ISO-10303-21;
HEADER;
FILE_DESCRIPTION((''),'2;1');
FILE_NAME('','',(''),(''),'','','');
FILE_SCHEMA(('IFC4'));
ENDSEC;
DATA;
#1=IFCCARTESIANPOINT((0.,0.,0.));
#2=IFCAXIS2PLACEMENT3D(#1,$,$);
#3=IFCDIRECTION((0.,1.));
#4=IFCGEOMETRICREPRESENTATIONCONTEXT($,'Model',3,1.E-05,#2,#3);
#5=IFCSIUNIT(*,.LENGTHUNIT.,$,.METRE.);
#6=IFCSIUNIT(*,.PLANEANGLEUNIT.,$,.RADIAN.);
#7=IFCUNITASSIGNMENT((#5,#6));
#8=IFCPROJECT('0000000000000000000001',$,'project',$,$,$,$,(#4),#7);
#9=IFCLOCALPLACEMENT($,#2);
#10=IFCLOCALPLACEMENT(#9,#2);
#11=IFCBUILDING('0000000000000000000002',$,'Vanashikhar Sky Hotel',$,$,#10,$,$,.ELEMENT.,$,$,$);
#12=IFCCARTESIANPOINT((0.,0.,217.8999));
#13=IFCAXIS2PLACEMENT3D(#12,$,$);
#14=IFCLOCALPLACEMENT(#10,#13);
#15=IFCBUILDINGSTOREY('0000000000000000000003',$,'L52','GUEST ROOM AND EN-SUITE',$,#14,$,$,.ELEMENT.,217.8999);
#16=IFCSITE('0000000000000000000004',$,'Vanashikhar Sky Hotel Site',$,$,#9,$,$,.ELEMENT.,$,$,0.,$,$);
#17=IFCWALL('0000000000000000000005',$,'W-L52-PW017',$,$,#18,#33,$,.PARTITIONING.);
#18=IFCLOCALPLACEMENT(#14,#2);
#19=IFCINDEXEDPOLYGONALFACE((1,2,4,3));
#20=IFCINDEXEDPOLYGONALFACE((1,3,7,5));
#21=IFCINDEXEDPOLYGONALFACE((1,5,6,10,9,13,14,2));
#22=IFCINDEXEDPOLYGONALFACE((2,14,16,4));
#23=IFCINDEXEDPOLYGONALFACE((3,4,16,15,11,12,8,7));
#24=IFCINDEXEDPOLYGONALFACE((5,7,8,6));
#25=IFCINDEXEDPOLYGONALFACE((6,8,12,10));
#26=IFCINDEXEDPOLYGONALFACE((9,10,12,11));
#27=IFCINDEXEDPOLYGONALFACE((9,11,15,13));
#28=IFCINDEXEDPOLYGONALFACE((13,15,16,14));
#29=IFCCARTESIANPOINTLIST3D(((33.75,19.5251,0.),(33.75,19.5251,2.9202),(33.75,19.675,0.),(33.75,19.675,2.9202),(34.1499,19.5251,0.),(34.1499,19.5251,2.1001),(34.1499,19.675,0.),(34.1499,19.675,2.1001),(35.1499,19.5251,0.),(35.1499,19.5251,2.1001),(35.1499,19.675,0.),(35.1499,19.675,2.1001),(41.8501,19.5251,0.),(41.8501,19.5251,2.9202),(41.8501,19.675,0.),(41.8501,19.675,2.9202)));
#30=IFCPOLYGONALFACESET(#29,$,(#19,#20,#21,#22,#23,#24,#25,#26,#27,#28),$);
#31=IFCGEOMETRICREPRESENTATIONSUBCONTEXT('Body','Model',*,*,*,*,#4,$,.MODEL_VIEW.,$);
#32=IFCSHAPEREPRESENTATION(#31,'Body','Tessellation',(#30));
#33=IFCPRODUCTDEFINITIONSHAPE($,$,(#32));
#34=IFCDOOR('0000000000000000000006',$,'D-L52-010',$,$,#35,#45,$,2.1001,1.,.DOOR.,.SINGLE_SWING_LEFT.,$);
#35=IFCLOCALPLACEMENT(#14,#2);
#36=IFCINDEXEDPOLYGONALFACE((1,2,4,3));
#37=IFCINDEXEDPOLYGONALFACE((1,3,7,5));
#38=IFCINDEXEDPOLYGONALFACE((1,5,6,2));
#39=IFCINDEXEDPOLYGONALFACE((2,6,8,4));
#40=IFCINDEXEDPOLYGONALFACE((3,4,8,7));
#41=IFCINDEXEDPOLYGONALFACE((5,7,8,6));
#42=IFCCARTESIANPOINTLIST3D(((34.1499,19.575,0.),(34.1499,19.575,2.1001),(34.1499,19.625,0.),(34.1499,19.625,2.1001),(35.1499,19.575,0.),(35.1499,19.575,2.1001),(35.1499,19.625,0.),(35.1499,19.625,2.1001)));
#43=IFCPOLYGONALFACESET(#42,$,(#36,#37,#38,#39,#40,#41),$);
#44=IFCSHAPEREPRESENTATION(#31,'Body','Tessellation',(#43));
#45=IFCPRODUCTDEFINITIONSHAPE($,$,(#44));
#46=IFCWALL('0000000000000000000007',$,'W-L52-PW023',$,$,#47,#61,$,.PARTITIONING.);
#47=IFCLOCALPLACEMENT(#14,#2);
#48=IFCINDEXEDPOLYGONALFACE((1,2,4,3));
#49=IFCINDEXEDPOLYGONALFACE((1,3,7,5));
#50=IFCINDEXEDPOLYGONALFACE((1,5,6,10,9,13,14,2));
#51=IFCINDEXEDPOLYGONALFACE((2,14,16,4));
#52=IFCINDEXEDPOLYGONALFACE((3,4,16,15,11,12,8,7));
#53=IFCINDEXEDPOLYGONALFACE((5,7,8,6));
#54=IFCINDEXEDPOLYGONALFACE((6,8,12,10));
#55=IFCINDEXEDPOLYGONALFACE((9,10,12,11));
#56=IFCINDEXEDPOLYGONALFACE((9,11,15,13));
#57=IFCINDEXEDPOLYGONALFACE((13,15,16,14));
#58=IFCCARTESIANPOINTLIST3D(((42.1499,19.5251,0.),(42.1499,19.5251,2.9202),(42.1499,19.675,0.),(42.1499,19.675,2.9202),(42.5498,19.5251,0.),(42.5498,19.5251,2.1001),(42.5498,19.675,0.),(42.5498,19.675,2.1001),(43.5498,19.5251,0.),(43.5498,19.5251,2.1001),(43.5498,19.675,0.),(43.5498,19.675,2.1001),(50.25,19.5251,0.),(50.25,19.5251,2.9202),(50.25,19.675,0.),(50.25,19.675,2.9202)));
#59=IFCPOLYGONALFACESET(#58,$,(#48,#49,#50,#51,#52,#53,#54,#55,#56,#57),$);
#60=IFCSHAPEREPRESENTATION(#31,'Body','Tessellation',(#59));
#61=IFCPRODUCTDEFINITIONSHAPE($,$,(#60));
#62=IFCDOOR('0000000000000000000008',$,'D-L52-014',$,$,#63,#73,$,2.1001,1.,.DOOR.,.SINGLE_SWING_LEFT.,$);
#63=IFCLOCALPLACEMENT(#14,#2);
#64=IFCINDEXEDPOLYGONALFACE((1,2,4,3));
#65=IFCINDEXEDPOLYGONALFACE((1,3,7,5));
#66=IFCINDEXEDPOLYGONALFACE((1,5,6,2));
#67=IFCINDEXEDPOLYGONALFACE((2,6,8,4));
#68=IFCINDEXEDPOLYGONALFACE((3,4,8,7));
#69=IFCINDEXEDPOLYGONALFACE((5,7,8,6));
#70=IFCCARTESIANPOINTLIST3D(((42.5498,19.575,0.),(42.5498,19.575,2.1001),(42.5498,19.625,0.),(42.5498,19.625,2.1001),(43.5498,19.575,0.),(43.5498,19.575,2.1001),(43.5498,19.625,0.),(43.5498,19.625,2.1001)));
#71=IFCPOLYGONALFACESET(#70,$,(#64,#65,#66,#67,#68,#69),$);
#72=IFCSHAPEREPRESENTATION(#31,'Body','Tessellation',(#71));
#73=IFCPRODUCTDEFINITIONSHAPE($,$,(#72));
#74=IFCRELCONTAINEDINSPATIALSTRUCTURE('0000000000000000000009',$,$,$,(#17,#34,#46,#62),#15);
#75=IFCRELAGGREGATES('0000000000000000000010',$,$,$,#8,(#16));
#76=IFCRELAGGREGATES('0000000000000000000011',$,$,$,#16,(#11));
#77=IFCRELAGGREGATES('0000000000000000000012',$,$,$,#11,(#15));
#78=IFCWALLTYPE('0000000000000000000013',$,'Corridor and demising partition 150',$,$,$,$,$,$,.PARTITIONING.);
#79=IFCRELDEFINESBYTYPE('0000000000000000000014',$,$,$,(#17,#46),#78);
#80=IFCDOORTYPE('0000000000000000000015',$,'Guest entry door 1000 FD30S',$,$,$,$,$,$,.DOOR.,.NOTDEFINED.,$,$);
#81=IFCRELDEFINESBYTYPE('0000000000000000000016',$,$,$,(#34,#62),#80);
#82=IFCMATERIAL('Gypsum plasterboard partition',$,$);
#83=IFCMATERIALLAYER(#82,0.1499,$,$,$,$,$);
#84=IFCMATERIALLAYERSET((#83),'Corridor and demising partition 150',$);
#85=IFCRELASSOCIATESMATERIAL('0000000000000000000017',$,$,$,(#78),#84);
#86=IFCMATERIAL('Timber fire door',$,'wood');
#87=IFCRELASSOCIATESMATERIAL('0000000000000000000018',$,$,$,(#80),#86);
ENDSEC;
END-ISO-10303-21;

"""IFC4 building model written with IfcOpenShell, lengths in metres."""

from ifc_helpers import new_model, si_unit, direction, frame, frame_2d, origin, place, context, subcontext, project, spatial, rectangle, extrude, source, transform, mapped, material, layer, layer_set, type_object, element, fill, save


model = new_model("IFC4")

# Units and contexts
model_context = context("Model", 3, precision=1e-05, world=origin(), true_north=direction((0.0, 1.0)))
body_context = subcontext(model_context, "Body", "Model", "MODEL_VIEW")
ifc_project = project(units=[si_unit("LENGTHUNIT", "METRE"), si_unit("PLANEANGLEUNIT", "RADIAN")], contexts=[model_context])

# Site, building, storey
site_placement = place(None, origin())
site = spatial("IfcSite", under=ifc_project, at=site_placement, Name="Vanashikhar Sky Hotel Site", CompositionType="ELEMENT", RefElevation=0.0)
building_placement = place(site_placement, origin())
building = spatial("IfcBuilding", under=site, at=building_placement, Name="Vanashikhar Sky Hotel", CompositionType="ELEMENT")
storey_placement = place(building_placement, frame((0.0, 0.0, 217.8999)))
storey = spatial("IfcBuildingStorey", under=building, at=storey_placement, Name="L52", Description="GUEST ROOM AND EN-SUITE", CompositionType="ELEMENT", Elevation=217.8999)

# Shared definitions
ifc_material_1 = material(Name="Gypsum plasterboard partition")

# Walls, openings, doors
ifc_layer_1 = layer(ifc_material_1, 0.1499)
ifc_layer_set_1 = layer_set([ifc_layer_1], Name="Corridor and demising partition 150")
wall_type_1 = type_object("IfcWallType", Name="Corridor and demising partition 150", PredefinedType="PARTITIONING", material=ifc_layer_set_1)
shared_shape_1 = source(origin(), body_context, "Body", "SweptSolid", [
    extrude(rectangle(XDim=8.1001, YDim=0.1499, at=frame_2d((4.05, 0.0))), origin(), (0.0, 0.0, 1.0), 2.9202),
])
wall_1_placement = place(storey_placement, frame((33.75, 19.6001, 0.0), z_axis=(0.0, 0.0, 1.0), x_axis=(1.0, 0.0, 0.0)))
wall_1 = element("IfcWall", 1, at=wall_1_placement, inside=storey, type_object=wall_type_1, Name="W-L52-PW017", PredefinedType="PARTITIONING", context=body_context, shape_type="MappedRepresentation", body=[
    mapped(shared_shape_1, transform((0.0, 0.0, 0.0), scale=1.0)),
])
shared_shape_2 = source(origin(), body_context, "Body", "SweptSolid", [
    extrude(rectangle(XDim=1.0, YDim=2.1001, at=frame_2d((0.5, 1.05))), frame((0.0, 0.085, 0.0), z_axis=(0.0, -1.0, 0.0), x_axis=(1.0, 0.0, 0.0)), (0.0, 0.0, 1.0), 0.1699),
])
opening_1_placement = place(wall_1_placement, frame((0.3999, 0.0, 0.0)))
opening_1 = element("IfcOpeningElement", 2, at=opening_1_placement, cuts=wall_1, PredefinedType="OPENING", context=body_context, shape_type="MappedRepresentation", body=[
    mapped(shared_shape_2, transform((0.0, 0.0, 0.0), scale=1.0)),
])
ifc_material_2 = material(Name="Timber fire door", Category="wood")
door_type_1 = type_object("IfcDoorType", Name="Guest entry door 1000 FD30S", OperationType="NOTDEFINED", PredefinedType="DOOR", material=ifc_material_2)
shared_shape_3 = source(origin(), body_context, "Body", "SweptSolid", [
    extrude(rectangle(XDim=1.0, YDim=2.1001, at=frame_2d((0.5, 1.05))), frame((0.0, 0.0249, 0.0), z_axis=(0.0, -1.0, 0.0), x_axis=(1.0, 0.0, 0.0)), (0.0, 0.0, 1.0), 0.05),
])
door_1_placement = place(opening_1_placement, origin())
door_1 = element("IfcDoor", 3, at=door_1_placement, inside=storey, type_object=door_type_1, Name="D-L52-010", OperationType="SINGLE_SWING_LEFT", OverallHeight=2.1001, OverallWidth=1.0, PredefinedType="DOOR", context=body_context, shape_type="MappedRepresentation", body=[
    mapped(shared_shape_3, transform((0.0, 0.0, 0.0), scale=1.0)),
])
fill(opening_1, door_1)
wall_2_placement = place(storey_placement, frame((42.1499, 19.6001, 0.0), z_axis=(0.0, 0.0, 1.0), x_axis=(1.0, 0.0, 0.0)))
wall_2 = element("IfcWall", 4, at=wall_2_placement, inside=storey, type_object=wall_type_1, Name="W-L52-PW023", PredefinedType="PARTITIONING", context=body_context, shape_type="MappedRepresentation", body=[
    mapped(shared_shape_1, transform((0.0, 0.0, 0.0), scale=1.0)),
])
opening_2_placement = place(wall_2_placement, frame((0.3999, 0.0, 0.0)))
opening_2 = element("IfcOpeningElement", 5, at=opening_2_placement, cuts=wall_2, PredefinedType="OPENING", context=body_context, shape_type="MappedRepresentation", body=[
    mapped(shared_shape_2, transform((0.0, 0.0, 0.0), scale=1.0)),
])
door_2_placement = place(opening_2_placement, origin())
door_2 = element("IfcDoor", 6, at=door_2_placement, inside=storey, type_object=door_type_1, Name="D-L52-014", OperationType="SINGLE_SWING_LEFT", OverallHeight=2.1001, OverallWidth=1.0, PredefinedType="DOOR", context=body_context, shape_type="MappedRepresentation", body=[
    mapped(shared_shape_3, transform((0.0, 0.0, 0.0), scale=1.0)),
])
fill(opening_2, door_2)

save(model, "model.ifc")
